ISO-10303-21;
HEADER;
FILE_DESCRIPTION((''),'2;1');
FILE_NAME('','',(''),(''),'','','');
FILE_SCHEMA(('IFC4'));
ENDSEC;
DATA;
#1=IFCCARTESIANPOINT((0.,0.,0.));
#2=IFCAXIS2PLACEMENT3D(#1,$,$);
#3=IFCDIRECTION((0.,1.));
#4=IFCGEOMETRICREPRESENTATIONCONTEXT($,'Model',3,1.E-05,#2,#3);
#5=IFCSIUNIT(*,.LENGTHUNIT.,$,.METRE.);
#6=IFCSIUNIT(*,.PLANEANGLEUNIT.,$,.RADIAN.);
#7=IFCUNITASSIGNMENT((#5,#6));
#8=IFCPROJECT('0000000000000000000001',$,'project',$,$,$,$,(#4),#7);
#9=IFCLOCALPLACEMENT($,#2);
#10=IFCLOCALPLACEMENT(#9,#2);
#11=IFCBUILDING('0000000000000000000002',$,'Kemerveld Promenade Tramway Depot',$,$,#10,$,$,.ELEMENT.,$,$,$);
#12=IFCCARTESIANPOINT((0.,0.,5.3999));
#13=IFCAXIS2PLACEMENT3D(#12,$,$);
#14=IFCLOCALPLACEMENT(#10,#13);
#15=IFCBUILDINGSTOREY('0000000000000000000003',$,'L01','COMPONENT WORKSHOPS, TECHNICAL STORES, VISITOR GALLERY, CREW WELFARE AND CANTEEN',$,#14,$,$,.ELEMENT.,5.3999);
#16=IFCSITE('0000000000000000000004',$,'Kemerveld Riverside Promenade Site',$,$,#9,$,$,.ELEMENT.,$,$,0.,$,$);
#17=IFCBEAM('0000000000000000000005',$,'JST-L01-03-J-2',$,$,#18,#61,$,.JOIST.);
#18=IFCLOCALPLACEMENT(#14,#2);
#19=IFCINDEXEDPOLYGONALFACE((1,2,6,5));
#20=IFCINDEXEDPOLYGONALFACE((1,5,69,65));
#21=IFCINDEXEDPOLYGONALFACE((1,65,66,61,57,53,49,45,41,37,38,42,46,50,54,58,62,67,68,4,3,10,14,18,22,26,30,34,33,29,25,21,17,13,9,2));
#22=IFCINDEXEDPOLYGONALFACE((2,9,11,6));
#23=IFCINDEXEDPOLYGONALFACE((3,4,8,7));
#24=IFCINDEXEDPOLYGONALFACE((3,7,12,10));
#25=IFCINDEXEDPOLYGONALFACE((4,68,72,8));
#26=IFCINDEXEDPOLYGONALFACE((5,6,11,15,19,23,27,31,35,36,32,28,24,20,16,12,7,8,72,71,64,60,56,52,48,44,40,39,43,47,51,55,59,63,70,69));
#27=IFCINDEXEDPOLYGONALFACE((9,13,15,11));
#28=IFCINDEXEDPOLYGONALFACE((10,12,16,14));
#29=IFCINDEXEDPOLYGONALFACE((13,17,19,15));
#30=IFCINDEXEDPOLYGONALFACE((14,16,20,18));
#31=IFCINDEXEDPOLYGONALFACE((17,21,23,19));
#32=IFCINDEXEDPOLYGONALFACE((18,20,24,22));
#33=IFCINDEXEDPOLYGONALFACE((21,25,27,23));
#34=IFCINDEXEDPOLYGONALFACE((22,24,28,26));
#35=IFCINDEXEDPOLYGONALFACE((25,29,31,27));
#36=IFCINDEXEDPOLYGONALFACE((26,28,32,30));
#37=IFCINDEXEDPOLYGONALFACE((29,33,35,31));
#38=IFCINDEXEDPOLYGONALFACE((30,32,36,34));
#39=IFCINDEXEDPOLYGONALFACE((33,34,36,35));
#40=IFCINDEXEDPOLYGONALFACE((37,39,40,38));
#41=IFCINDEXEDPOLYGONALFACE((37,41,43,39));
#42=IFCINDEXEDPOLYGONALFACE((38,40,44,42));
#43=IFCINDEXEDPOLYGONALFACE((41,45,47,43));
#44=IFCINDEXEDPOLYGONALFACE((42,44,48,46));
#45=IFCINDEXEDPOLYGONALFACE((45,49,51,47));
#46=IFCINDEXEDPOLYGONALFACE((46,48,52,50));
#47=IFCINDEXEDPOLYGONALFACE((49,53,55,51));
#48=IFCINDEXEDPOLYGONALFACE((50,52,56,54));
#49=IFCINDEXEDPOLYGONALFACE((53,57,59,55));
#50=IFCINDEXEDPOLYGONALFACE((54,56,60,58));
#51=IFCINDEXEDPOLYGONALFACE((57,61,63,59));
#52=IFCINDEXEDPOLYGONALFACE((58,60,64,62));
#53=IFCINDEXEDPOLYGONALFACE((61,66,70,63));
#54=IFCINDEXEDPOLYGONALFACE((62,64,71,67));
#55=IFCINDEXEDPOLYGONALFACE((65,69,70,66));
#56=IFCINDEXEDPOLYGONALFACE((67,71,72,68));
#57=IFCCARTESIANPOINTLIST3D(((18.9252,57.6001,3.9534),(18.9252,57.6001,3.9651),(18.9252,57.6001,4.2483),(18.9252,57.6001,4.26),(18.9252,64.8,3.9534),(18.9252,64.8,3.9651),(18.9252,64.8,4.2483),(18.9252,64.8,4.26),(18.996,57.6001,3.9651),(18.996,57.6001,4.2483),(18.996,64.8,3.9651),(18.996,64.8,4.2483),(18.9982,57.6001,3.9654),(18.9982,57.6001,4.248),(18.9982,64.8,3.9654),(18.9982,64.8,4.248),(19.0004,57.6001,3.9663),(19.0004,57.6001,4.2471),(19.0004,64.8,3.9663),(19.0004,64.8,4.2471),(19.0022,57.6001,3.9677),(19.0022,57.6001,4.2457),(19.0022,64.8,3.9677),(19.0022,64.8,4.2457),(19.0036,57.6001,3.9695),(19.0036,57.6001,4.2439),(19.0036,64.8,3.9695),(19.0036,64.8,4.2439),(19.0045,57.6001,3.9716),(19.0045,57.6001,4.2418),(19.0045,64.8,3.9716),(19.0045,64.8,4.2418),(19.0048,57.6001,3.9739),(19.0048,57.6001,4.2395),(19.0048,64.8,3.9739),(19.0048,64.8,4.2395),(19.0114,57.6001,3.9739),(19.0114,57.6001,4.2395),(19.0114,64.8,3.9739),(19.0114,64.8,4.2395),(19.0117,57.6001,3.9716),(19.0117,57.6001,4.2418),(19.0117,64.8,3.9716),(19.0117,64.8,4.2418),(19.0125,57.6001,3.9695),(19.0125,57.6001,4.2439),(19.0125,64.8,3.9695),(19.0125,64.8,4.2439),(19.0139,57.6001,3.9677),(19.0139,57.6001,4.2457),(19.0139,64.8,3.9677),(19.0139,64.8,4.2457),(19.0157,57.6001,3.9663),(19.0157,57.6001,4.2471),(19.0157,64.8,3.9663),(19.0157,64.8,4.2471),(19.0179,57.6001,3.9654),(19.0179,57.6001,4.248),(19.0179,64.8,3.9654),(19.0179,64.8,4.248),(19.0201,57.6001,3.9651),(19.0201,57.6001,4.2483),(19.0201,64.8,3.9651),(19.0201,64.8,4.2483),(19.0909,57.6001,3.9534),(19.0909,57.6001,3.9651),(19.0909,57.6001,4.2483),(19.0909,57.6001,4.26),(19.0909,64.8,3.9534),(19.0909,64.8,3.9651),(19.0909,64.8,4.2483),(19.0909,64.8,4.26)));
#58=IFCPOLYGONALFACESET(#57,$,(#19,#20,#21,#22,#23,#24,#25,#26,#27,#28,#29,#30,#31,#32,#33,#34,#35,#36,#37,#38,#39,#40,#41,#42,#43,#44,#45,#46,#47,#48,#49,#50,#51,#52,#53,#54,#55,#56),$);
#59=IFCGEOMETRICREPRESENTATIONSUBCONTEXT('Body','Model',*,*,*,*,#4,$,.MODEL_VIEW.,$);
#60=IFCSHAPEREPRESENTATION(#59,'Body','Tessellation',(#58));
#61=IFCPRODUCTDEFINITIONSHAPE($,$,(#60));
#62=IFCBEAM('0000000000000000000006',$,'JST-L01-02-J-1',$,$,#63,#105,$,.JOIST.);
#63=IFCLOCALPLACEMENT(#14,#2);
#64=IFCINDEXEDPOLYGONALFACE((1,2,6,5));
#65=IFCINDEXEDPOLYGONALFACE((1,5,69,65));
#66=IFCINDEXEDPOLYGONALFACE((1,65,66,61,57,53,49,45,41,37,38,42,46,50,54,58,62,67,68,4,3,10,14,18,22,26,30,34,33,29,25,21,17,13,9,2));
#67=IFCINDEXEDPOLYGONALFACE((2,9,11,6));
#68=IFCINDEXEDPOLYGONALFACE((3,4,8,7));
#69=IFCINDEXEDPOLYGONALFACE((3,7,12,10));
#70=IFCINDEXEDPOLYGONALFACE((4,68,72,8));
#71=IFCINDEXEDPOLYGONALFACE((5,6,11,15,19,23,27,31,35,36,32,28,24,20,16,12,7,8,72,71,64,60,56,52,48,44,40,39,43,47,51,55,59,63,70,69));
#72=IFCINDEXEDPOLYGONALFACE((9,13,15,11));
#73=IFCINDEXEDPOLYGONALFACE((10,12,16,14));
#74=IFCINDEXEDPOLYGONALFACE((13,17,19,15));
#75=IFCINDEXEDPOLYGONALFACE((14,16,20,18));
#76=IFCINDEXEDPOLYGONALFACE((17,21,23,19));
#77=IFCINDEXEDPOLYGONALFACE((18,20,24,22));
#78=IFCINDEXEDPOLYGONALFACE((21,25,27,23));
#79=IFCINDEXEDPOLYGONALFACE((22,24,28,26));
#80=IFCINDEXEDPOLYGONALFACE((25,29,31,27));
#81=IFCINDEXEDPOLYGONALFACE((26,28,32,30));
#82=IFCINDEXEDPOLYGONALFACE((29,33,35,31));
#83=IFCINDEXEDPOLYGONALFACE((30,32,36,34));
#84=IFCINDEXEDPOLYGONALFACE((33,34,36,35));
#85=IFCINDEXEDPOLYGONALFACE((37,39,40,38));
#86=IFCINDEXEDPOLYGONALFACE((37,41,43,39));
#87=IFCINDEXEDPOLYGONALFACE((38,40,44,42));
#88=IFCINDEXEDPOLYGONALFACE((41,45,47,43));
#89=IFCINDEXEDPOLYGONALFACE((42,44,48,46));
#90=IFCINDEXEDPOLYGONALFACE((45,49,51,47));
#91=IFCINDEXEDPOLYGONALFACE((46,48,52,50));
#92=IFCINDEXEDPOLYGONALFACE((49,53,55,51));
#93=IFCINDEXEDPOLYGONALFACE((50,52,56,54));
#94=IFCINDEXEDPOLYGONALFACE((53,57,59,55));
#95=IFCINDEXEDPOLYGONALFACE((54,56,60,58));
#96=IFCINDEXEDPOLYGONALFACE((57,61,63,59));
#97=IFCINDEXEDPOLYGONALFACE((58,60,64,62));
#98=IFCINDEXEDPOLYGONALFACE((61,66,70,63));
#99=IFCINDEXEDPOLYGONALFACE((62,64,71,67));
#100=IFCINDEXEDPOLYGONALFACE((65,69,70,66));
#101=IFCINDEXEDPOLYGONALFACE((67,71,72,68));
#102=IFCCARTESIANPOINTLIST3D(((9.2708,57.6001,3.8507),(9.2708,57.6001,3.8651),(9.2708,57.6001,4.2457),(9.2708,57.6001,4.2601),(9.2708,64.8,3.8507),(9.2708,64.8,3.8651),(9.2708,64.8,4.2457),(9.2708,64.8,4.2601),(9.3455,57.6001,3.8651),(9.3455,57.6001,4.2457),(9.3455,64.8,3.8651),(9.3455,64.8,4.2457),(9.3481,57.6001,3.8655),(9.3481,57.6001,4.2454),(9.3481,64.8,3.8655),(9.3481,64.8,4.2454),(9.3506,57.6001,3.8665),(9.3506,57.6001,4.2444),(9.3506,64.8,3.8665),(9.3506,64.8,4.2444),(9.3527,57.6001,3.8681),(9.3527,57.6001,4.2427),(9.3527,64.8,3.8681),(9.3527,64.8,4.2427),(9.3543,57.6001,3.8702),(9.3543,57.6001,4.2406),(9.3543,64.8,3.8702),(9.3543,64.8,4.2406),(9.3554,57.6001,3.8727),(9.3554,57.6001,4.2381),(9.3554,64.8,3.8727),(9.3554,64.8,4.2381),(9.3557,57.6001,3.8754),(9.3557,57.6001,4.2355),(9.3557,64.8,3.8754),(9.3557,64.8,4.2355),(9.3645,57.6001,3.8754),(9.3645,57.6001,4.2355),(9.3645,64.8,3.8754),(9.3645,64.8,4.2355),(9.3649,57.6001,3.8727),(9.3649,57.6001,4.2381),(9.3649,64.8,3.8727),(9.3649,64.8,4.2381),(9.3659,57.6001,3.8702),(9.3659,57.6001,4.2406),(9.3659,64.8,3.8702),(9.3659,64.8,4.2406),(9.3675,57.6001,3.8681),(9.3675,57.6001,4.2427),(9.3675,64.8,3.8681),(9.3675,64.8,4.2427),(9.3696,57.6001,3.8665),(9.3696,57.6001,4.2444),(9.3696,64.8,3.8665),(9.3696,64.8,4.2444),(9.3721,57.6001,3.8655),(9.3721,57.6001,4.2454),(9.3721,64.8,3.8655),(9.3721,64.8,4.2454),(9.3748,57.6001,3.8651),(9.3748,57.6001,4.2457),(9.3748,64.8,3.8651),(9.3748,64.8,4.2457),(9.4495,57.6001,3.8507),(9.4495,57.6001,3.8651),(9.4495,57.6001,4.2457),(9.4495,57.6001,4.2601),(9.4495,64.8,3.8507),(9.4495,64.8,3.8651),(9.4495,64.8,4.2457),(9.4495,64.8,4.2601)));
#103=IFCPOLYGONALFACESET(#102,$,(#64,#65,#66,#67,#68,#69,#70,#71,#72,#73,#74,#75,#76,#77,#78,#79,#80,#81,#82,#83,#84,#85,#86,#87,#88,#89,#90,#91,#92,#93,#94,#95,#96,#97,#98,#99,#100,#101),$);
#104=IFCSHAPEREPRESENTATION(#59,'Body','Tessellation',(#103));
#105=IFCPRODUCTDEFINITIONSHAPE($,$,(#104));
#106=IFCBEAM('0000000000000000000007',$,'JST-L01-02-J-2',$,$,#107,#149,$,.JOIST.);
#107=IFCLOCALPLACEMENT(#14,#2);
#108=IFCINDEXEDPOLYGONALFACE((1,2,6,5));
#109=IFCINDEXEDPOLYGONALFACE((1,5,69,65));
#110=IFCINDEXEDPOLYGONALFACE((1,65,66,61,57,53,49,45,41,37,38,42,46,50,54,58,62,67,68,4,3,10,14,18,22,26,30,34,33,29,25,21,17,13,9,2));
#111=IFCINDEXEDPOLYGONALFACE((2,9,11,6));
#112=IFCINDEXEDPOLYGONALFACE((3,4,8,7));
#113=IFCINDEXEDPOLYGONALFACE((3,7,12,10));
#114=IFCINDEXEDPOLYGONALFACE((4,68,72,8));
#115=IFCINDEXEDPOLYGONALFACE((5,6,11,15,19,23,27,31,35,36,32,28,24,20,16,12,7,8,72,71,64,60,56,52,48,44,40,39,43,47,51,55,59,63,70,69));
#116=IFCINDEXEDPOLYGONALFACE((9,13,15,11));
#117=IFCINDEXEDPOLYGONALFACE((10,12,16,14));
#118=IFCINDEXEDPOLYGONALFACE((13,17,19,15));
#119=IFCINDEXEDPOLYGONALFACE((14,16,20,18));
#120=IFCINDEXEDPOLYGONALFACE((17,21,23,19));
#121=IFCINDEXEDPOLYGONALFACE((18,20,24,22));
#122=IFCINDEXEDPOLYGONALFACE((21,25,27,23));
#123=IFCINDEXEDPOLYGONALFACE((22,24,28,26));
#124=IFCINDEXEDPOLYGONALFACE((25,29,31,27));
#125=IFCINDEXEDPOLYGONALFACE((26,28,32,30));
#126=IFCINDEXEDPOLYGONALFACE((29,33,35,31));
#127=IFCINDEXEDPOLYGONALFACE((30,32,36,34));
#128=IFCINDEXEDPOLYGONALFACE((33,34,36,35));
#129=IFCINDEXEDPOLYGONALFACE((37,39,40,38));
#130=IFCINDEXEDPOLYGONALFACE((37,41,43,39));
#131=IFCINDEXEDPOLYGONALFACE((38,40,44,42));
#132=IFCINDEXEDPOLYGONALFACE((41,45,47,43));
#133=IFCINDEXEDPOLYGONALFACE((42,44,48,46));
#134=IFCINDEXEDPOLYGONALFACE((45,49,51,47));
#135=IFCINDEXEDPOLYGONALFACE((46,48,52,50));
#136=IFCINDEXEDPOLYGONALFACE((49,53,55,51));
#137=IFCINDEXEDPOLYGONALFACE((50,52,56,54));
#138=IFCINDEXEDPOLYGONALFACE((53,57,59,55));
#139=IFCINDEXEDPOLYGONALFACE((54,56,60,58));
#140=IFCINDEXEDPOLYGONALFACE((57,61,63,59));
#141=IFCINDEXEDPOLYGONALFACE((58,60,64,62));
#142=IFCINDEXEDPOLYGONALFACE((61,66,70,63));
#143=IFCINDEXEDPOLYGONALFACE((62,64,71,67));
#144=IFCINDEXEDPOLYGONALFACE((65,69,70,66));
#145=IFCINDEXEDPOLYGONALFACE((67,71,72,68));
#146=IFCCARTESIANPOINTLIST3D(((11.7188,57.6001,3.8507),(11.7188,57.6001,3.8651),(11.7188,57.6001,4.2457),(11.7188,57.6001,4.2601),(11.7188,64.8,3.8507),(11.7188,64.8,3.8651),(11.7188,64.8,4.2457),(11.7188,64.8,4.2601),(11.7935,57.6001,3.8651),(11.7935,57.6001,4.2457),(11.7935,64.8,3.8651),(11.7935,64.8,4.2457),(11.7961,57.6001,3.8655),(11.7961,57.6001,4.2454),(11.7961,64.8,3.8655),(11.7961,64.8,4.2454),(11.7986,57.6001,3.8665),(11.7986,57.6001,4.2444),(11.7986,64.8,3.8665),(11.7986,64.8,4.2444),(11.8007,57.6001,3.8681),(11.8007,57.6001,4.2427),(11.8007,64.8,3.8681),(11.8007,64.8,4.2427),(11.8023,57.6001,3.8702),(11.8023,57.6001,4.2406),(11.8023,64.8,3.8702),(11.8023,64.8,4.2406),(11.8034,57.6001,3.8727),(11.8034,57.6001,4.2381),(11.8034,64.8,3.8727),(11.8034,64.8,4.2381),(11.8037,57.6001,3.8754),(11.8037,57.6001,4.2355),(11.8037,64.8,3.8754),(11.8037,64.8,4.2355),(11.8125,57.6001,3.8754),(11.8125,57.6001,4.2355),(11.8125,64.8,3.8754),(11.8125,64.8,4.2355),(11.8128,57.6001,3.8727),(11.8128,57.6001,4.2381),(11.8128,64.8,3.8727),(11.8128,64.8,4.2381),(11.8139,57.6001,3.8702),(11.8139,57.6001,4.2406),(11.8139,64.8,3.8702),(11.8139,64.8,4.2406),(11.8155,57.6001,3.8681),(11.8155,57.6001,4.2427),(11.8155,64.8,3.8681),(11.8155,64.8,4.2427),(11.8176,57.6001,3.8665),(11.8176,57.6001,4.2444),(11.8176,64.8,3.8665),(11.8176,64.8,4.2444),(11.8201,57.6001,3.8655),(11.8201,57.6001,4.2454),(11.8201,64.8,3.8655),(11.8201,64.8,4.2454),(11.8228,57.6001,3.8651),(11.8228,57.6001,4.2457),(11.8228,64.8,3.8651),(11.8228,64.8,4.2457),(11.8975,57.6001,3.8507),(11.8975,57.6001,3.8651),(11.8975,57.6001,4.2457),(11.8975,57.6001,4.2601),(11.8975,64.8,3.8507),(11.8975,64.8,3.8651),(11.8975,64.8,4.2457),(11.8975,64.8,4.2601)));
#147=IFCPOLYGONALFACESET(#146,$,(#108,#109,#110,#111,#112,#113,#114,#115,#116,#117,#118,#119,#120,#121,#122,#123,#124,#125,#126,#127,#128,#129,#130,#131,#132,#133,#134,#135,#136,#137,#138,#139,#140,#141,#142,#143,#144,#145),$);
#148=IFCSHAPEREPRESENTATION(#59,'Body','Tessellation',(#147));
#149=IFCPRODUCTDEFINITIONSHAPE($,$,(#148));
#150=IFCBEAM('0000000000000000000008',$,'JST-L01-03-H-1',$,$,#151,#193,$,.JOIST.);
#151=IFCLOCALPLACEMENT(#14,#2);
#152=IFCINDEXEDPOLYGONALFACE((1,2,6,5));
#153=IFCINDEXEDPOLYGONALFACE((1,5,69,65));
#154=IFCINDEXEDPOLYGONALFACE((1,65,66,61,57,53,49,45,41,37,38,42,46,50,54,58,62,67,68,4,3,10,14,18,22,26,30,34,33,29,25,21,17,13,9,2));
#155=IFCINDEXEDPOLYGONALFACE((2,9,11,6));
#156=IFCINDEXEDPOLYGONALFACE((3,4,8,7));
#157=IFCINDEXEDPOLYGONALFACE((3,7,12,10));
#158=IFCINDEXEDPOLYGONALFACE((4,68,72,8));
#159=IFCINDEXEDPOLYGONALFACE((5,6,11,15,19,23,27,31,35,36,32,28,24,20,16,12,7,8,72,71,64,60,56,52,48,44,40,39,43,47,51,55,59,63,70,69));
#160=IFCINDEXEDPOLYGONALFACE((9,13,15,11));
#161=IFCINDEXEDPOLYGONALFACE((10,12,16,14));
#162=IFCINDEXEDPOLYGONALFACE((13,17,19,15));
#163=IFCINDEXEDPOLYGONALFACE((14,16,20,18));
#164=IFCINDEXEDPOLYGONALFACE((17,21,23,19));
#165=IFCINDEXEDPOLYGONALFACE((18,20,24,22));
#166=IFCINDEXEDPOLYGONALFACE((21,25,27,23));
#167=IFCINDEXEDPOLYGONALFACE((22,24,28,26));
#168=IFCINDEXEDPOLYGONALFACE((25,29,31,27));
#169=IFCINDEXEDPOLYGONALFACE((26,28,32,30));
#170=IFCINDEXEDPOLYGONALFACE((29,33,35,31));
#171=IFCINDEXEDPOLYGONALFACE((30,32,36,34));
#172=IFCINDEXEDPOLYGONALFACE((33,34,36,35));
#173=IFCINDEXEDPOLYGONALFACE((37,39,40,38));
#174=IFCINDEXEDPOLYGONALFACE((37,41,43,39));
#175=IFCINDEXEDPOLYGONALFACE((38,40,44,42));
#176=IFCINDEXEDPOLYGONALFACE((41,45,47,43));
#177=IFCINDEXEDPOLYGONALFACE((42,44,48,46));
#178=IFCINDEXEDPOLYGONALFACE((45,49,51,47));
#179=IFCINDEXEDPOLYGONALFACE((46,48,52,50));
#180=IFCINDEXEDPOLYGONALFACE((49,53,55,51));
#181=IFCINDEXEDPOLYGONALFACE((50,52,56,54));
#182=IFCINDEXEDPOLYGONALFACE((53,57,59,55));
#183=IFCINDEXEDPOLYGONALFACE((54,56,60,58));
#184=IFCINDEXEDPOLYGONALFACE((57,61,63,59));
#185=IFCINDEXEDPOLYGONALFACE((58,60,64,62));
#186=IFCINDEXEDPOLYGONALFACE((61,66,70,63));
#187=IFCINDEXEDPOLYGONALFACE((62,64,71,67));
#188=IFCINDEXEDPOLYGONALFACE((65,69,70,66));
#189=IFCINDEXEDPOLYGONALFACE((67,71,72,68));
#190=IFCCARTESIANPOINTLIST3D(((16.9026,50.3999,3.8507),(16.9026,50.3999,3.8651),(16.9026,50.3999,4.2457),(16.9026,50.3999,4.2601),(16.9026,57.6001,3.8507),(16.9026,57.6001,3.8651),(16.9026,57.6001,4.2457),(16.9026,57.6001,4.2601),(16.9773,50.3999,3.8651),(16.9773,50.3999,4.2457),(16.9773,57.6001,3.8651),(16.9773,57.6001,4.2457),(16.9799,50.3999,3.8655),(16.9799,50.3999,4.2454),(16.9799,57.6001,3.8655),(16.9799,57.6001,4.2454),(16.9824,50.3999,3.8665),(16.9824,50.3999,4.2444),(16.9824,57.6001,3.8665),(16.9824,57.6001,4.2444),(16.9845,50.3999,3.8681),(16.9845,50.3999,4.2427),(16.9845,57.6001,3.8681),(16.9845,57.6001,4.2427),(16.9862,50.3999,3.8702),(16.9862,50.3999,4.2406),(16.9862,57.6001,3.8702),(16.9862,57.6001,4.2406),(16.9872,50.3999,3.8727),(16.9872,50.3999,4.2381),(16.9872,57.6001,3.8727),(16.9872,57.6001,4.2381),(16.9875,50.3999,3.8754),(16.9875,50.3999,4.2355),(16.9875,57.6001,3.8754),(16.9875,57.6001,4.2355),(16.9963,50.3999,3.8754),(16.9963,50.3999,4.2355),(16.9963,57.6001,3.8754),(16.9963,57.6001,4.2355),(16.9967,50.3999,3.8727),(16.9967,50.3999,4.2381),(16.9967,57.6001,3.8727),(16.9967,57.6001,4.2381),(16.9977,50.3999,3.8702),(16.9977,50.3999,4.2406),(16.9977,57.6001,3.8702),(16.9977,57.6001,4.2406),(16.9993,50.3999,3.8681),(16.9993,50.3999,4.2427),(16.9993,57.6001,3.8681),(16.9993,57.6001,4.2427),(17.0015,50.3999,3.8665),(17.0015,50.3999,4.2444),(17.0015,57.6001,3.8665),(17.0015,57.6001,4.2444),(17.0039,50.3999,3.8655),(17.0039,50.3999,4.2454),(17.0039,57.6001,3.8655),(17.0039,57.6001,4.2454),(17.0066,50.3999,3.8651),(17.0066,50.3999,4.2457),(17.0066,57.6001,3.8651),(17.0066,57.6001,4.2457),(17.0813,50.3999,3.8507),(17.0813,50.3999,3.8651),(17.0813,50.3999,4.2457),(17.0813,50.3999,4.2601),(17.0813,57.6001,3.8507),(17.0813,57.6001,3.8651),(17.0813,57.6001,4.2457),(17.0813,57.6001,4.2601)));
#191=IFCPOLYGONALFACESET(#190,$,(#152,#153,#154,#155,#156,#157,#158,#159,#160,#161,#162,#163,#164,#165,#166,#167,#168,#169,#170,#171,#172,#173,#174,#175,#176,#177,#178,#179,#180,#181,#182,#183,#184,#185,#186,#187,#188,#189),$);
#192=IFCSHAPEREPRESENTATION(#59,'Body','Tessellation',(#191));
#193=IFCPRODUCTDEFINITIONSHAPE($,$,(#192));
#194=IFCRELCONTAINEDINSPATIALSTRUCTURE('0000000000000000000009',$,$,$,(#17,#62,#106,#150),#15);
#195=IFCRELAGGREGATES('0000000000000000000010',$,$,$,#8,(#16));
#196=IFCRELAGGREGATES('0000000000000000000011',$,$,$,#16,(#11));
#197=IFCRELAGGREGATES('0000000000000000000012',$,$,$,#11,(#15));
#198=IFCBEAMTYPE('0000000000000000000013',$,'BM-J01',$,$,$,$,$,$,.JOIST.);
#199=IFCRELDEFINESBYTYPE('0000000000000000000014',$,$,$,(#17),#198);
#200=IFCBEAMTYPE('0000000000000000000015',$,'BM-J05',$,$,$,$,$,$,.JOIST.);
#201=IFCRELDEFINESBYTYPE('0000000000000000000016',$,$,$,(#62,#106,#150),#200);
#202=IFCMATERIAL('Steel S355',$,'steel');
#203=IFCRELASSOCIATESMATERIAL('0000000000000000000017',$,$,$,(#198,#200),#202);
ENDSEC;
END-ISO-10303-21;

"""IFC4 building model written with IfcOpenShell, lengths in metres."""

from ifc_helpers import new_model, si_unit, direction, frame, origin, origin_2d, place, context, subcontext, project, spatial, i_section, extrude, material, material_profile, profile_set, type_object, element, save


model = new_model("IFC4")

# Units and contexts
model_context = context("Model", 3, precision=1e-05, world=origin(), true_north=direction((0.0, 1.0)))
body_context = subcontext(model_context, "Body", "Model", "MODEL_VIEW")
ifc_project = project(units=[si_unit("LENGTHUNIT", "METRE"), si_unit("PLANEANGLEUNIT", "RADIAN")], contexts=[model_context])

# Site, building, storey
site_placement = place(None, origin())
site = spatial("IfcSite", under=ifc_project, at=site_placement, Name="Kemerveld Riverside Promenade Site", CompositionType="ELEMENT", RefElevation=0.0)
building_placement = place(site_placement, origin())
building = spatial("IfcBuilding", under=site, at=building_placement, Name="Kemerveld Promenade Tramway Depot", CompositionType="ELEMENT")
storey_placement = place(building_placement, frame((0.0, 0.0, 5.3999)))
storey = spatial("IfcBuildingStorey", under=building, at=storey_placement, Name="L01", Description="COMPONENT WORKSHOPS, TECHNICAL STORES, VISITOR GALLERY, CREW WELFARE AND CANTEEN", CompositionType="ELEMENT", Elevation=5.3999)

# Shared definitions
ifc_material_1 = material(Name="Steel S355", Category="steel")

# Beams
ifc_material_profile_1 = material_profile(ifc_material_1, i_section(OverallWidth=0.1658, OverallDepth=0.3066, WebThickness=0.0066, FlangeThickness=0.0117, FilletRadius=0.0088, at=origin_2d()), Name="305x165x46 UB")
ifc_profile_set_1 = profile_set([ifc_material_profile_1], Name="Steel S355")
beam_type_1 = type_object("IfcBeamType", Name="BM-J01", PredefinedType="JOIST", material=ifc_profile_set_1)
for number, where, z_axis, x_axis, name in (
    (1, (19.0081, 57.6001, 4.1067), (0.0, 1.0, 0.0), (-1.0, 0.0, 0.0), "JST-L01-03-J-2"),
):
    element("IfcBeam", number, at=place(storey_placement, frame(where, z_axis=z_axis, x_axis=x_axis)), inside=storey, type_object=beam_type_1, Name=name, PredefinedType="JOIST", context=body_context, shape_type="SweptSolid", body=[
        extrude(i_section(OverallWidth=0.1658, OverallDepth=0.3066, WebThickness=0.0066, FlangeThickness=0.0117, FilletRadius=0.0088, at=origin_2d()), origin(), (0.0, 0.0, 1.0), 7.2),
    ])
ifc_material_profile_2 = material_profile(ifc_material_1, i_section(OverallWidth=0.1787, OverallDepth=0.4094, WebThickness=0.0088, FlangeThickness=0.0144, FilletRadius=0.0103, at=origin_2d()), Name="406x178x67 UB")
ifc_profile_set_2 = profile_set([ifc_material_profile_2], Name="Steel S355")
beam_type_2 = type_object("IfcBeamType", Name="BM-J05", PredefinedType="JOIST", material=ifc_profile_set_2)
for number, where, z_axis, x_axis, name in (
    (2, (9.3601, 57.6001, 4.0554), (0.0, 1.0, 0.0), (-1.0, 0.0, 0.0), "JST-L01-02-J-1"),
    (3, (11.8081, 57.6001, 4.0554), (0.0, 1.0, 0.0), (-1.0, 0.0, 0.0), "JST-L01-02-J-2"),
):
    element("IfcBeam", number, at=place(storey_placement, frame(where, z_axis=z_axis, x_axis=x_axis)), inside=storey, type_object=beam_type_2, Name=name, PredefinedType="JOIST", context=body_context, shape_type="SweptSolid", body=[
        extrude(i_section(OverallWidth=0.1787, OverallDepth=0.4094, WebThickness=0.0088, FlangeThickness=0.0144, FilletRadius=0.0103, at=origin_2d()), origin(), (0.0, 0.0, 1.0), 7.2),
    ])
for number, where, z_axis, x_axis, name in (
    (4, (16.9919, 50.3999, 4.0554), (0.0, 1.0, 0.0), (-1.0, 0.0, 0.0), "JST-L01-03-H-1"),
):
    element("IfcBeam", number, at=place(storey_placement, frame(where, z_axis=z_axis, x_axis=x_axis)), inside=storey, type_object=beam_type_2, Name=name, PredefinedType="JOIST", context=body_context, shape_type="SweptSolid", body=[
        extrude(i_section(OverallWidth=0.1787, OverallDepth=0.4094, WebThickness=0.0088, FlangeThickness=0.0144, FilletRadius=0.0103, at=origin_2d()), origin(), (0.0, 0.0, 1.0), 7.2002),
    ])

save(model, "model.ifc")
